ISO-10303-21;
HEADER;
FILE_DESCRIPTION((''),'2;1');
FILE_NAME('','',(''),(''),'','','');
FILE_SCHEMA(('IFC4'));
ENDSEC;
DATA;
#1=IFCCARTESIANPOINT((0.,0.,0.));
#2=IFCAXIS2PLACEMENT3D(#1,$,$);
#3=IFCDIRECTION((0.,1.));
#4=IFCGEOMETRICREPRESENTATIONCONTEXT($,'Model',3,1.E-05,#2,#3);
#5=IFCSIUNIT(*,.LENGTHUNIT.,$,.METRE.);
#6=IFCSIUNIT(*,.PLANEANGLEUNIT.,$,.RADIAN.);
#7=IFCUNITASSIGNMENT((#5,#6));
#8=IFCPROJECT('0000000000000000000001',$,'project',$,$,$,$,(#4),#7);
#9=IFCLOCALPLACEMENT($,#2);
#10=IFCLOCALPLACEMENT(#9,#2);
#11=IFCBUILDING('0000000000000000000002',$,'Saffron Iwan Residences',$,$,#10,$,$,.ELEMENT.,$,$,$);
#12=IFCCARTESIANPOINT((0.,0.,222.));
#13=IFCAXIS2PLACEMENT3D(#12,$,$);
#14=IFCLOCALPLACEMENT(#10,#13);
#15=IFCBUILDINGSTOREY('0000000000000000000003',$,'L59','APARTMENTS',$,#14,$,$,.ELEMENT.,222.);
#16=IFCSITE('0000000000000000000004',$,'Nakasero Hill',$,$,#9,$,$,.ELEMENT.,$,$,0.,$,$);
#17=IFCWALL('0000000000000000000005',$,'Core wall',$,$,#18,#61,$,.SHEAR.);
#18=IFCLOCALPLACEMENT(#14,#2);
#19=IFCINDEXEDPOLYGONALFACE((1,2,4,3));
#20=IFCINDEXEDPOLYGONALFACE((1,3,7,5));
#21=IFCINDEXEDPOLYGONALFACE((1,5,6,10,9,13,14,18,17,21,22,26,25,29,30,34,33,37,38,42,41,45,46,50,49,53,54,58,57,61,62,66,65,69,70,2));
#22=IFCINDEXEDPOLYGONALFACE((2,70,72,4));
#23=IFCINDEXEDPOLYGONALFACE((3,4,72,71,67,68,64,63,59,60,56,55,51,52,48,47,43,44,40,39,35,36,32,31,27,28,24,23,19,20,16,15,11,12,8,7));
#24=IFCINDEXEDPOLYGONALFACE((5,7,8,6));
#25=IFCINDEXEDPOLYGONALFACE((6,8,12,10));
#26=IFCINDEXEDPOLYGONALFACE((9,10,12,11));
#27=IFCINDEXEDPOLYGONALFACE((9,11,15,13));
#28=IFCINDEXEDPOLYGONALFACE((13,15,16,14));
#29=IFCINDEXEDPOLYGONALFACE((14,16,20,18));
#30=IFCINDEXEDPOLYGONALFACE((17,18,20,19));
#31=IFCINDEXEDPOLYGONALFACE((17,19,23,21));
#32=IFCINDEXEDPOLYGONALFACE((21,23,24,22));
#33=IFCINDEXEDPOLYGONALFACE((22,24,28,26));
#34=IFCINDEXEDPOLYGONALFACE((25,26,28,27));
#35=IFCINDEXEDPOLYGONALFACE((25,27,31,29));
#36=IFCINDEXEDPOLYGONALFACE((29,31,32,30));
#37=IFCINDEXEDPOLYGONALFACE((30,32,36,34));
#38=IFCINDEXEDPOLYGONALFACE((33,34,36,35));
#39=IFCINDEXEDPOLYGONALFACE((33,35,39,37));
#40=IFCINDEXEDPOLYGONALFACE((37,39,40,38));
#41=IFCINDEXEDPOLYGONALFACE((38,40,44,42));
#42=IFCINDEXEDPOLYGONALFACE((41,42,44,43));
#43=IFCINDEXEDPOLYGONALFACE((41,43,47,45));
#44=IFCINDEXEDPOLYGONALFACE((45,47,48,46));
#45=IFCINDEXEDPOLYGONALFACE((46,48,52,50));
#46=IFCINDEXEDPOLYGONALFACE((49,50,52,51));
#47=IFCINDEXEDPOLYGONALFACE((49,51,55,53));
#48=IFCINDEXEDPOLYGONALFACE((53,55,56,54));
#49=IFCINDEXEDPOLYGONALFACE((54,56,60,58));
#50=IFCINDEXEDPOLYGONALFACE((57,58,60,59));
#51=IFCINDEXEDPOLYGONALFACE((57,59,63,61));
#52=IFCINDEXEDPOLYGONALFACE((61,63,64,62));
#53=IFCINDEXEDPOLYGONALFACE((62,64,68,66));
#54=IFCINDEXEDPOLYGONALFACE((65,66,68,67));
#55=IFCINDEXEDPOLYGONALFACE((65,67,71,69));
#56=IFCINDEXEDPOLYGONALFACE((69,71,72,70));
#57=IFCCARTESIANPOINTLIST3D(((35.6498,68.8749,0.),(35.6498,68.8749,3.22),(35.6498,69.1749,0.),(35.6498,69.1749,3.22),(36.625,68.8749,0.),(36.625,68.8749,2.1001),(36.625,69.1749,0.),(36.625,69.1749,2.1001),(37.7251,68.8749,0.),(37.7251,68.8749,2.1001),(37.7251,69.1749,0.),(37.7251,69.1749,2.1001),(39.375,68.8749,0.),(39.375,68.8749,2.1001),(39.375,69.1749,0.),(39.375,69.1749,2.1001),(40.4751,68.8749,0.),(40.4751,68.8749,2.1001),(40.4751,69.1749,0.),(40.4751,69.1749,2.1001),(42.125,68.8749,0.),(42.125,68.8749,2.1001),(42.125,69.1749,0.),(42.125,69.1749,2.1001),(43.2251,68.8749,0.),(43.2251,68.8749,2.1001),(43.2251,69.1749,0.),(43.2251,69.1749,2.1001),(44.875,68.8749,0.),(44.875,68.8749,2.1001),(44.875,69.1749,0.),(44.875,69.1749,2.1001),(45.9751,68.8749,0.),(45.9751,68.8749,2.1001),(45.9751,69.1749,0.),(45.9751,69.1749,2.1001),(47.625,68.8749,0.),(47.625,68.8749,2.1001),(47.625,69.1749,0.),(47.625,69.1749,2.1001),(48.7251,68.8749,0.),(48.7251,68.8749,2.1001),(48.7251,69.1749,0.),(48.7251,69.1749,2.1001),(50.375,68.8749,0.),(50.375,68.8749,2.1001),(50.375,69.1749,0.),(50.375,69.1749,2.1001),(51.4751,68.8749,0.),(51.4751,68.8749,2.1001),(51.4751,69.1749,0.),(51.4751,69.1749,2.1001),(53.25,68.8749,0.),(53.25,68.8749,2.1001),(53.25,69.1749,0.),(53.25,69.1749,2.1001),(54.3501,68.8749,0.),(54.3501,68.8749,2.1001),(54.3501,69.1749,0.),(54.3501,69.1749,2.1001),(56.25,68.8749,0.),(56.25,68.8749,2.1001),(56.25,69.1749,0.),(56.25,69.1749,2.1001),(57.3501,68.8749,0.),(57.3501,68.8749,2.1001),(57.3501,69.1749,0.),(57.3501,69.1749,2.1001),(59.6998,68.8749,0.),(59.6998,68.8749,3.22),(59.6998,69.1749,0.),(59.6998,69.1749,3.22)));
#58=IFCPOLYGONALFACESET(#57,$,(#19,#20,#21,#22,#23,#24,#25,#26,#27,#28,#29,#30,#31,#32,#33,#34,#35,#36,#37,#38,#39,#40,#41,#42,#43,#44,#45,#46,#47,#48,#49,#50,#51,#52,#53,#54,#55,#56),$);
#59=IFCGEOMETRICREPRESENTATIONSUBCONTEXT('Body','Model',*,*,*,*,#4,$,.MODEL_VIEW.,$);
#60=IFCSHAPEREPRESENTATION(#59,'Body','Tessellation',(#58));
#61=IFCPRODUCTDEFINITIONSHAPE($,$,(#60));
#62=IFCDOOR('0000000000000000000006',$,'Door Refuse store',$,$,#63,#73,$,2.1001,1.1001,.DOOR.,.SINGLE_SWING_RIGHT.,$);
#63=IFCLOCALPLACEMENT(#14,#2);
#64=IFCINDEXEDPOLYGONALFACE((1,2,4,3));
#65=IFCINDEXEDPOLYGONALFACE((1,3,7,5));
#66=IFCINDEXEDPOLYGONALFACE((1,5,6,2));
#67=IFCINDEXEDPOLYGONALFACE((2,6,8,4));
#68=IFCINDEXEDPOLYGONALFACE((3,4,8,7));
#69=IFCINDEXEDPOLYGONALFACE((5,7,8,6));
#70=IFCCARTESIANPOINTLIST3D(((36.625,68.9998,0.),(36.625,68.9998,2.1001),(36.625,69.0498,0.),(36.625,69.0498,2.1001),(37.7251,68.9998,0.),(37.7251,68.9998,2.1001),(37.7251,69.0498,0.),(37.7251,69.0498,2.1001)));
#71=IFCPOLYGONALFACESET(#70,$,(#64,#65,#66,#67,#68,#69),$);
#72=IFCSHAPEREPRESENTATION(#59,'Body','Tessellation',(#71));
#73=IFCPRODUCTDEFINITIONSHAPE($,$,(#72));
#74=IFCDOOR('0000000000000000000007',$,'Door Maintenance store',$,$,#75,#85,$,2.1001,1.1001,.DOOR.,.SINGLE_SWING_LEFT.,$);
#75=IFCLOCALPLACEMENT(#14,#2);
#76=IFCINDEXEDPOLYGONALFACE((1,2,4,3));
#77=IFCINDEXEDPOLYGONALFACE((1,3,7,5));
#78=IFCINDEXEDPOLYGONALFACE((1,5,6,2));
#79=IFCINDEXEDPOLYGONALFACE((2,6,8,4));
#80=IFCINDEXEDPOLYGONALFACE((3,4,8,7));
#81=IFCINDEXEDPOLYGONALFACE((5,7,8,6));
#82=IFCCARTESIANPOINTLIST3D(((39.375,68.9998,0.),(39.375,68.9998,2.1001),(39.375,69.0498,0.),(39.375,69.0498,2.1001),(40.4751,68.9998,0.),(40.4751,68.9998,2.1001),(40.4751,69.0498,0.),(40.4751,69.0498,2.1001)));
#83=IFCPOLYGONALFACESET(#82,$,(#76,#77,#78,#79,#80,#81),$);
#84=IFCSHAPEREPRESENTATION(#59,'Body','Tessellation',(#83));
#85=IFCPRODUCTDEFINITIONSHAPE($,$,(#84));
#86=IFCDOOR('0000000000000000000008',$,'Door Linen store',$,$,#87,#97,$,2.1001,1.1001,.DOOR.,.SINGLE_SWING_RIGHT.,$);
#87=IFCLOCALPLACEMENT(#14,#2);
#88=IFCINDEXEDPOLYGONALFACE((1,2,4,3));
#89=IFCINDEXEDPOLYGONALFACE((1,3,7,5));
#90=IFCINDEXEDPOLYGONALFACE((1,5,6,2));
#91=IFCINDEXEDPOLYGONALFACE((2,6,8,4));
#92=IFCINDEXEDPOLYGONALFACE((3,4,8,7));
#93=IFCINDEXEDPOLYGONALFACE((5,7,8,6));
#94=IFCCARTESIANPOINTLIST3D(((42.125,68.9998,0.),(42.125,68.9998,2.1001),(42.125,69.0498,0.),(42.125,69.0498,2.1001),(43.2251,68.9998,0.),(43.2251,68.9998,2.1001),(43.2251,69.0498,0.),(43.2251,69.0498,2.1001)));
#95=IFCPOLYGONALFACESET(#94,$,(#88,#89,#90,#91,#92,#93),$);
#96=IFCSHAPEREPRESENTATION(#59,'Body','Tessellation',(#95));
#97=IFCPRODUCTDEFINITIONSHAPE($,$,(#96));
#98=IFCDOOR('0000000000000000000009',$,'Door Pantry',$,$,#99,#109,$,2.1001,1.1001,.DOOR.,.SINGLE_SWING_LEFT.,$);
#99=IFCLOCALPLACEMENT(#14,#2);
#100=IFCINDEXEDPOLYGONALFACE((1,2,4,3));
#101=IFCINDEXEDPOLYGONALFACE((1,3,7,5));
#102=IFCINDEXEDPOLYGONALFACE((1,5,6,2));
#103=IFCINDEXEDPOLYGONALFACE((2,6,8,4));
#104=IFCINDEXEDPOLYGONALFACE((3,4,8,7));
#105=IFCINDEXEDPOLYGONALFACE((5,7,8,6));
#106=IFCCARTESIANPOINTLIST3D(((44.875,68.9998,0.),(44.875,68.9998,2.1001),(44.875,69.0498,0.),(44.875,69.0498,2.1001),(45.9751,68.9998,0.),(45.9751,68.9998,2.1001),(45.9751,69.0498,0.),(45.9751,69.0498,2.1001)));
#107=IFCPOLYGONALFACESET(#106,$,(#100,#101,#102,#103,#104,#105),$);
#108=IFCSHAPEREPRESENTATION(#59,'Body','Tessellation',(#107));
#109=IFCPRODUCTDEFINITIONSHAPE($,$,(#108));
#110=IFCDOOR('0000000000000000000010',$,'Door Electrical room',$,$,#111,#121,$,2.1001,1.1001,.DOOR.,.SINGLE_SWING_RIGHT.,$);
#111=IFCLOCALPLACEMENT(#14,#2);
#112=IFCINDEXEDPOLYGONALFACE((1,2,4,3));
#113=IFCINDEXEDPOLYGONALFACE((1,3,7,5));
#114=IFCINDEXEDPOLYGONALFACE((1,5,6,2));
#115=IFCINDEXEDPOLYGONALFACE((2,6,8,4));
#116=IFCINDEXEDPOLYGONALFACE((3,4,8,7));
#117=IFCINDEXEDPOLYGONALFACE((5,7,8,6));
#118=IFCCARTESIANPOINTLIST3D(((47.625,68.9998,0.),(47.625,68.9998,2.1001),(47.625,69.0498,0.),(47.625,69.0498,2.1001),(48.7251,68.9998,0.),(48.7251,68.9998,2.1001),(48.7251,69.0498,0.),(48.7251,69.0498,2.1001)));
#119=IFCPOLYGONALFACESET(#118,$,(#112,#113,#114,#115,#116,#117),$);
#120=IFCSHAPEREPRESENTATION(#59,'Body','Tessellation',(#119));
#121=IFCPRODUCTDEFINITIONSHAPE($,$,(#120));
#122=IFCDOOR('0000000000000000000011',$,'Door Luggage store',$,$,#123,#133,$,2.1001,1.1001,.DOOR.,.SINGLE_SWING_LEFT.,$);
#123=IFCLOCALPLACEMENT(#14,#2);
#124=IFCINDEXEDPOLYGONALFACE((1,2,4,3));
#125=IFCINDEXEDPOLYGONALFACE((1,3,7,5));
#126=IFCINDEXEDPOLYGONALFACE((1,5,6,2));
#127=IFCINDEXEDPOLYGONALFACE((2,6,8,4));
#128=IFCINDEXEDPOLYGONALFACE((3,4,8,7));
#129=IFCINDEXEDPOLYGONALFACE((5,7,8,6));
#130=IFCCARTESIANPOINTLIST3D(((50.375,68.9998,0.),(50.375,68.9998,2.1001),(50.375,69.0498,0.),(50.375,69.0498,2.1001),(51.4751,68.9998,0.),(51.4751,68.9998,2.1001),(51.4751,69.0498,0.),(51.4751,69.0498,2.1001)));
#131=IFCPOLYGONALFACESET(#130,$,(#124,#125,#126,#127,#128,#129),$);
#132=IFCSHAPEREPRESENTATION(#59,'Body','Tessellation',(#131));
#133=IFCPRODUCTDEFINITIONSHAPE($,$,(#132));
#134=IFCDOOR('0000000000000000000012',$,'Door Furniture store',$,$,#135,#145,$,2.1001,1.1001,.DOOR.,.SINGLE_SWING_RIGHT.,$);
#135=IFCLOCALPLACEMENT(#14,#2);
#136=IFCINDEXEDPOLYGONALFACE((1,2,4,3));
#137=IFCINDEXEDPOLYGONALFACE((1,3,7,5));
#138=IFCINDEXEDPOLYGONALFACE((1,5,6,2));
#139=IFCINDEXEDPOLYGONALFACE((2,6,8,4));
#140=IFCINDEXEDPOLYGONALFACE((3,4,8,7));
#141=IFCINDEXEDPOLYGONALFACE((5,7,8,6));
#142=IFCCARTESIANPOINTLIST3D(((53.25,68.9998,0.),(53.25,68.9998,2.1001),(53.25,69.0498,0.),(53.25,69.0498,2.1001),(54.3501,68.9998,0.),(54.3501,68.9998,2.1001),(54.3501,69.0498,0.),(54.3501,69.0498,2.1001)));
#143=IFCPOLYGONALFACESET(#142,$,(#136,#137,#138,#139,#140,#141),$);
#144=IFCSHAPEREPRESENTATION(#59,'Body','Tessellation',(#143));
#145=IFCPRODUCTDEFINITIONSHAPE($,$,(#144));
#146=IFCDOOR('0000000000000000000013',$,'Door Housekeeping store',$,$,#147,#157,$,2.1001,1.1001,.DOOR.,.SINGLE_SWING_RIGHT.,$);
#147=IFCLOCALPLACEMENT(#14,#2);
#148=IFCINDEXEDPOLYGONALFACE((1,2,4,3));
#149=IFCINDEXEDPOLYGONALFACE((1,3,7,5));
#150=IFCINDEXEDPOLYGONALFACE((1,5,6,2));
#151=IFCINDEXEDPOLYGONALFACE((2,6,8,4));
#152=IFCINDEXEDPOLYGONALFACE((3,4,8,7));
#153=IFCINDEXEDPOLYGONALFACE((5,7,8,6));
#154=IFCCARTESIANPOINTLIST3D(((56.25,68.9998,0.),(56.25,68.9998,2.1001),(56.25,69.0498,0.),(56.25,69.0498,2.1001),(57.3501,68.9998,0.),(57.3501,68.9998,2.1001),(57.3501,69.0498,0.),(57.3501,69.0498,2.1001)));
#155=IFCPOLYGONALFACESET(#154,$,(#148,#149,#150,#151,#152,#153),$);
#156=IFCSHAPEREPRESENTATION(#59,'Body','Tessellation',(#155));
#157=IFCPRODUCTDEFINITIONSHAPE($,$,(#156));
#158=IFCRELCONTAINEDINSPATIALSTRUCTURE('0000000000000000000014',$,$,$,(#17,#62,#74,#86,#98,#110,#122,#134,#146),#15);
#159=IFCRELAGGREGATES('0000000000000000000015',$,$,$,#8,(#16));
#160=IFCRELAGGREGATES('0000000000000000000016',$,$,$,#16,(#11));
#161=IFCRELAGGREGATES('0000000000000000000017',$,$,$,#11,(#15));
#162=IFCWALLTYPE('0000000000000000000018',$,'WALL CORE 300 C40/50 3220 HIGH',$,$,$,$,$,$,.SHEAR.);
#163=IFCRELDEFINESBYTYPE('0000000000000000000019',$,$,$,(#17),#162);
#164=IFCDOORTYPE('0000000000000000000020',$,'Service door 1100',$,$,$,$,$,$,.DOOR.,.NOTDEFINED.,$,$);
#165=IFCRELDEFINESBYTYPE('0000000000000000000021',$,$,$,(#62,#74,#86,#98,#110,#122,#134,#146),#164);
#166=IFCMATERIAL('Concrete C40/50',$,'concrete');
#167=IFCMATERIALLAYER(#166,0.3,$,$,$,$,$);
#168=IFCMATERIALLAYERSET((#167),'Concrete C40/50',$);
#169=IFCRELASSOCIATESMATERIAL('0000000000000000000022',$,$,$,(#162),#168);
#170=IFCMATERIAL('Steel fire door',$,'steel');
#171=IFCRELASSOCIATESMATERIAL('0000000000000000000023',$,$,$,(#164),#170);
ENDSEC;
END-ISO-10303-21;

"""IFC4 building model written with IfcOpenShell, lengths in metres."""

from ifc_helpers import new_model, si_unit, direction, frame, frame_2d, origin, place, context, subcontext, project, spatial, rectangle, extrude, material, layer, layer_set, type_object, element, fill, save


model = new_model("IFC4")

# Units and contexts
model_context = context("Model", 3, precision=1e-05, world=origin(), true_north=direction((0.0, 1.0)))
body_context = subcontext(model_context, "Body", "Model", "MODEL_VIEW")
ifc_project = project(units=[si_unit("LENGTHUNIT", "METRE"), si_unit("PLANEANGLEUNIT", "RADIAN")], contexts=[model_context])

# Site, building, storey
site_placement = place(None, origin())
site = spatial("IfcSite", under=ifc_project, at=site_placement, Name="Nakasero Hill", CompositionType="ELEMENT", RefElevation=0.0)
building_placement = place(site_placement, origin())
building = spatial("IfcBuilding", under=site, at=building_placement, Name="Saffron Iwan Residences", CompositionType="ELEMENT")
storey_placement = place(building_placement, frame((0.0, 0.0, 222.0)))
storey = spatial("IfcBuildingStorey", under=building, at=storey_placement, Name="L59", Description="APARTMENTS", CompositionType="ELEMENT", Elevation=222.0)

# Wall, openings, doors
ifc_material_1 = material(Name="Concrete C40/50", Category="concrete")
ifc_layer_1 = layer(ifc_material_1, 0.3)
ifc_layer_set_1 = layer_set([ifc_layer_1], Name="Concrete C40/50")
wall_type = type_object("IfcWallType", Name="WALL CORE 300 C40/50 3220 HIGH", PredefinedType="SHEAR", material=ifc_layer_set_1)
wall_placement = place(storey_placement, frame((35.6499, 69.0249, 0.0), z_axis=(0.0, 0.0, 1.0), x_axis=(1.0, 0.0, 0.0)))
wall = element("IfcWall", 1, at=wall_placement, inside=storey, type_object=wall_type, Name="Core wall", PredefinedType="SHEAR", context=body_context, shape_type="SweptSolid", body=[
    extrude(rectangle(XDim=24.05, YDim=0.3, at=frame_2d((12.0249, 0.0))), origin(), (0.0, 0.0, 1.0), 3.22),
])
opening_1_placement = place(wall_placement, frame((0.9751, 0.0, 0.0)))
opening_1 = element("IfcOpeningElement", 2, at=opening_1_placement, cuts=wall, PredefinedType="OPENING", context=body_context, shape_type="SweptSolid", body=[
    extrude(rectangle(XDim=1.1001, YDim=2.1001, at=frame_2d((0.55, 1.05))), frame((0.0, 0.1602, 0.0), z_axis=(0.0, -1.0, 0.0), x_axis=(1.0, 0.0, 0.0)), (0.0, 0.0, 1.0), 0.3201),
])
opening_2_placement = place(wall_placement, frame((3.7251, 0.0, 0.0)))
opening_2 = element("IfcOpeningElement", 3, at=opening_2_placement, cuts=wall, PredefinedType="OPENING", context=body_context, shape_type="SweptSolid", body=[
    extrude(rectangle(XDim=1.1001, YDim=2.1001, at=frame_2d((0.55, 1.05))), frame((0.0, 0.1602, 0.0), z_axis=(0.0, -1.0, 0.0), x_axis=(1.0, 0.0, 0.0)), (0.0, 0.0, 1.0), 0.3201),
])
opening_3_placement = place(wall_placement, frame((6.4751, 0.0, 0.0)))
opening_3 = element("IfcOpeningElement", 4, at=opening_3_placement, cuts=wall, PredefinedType="OPENING", context=body_context, shape_type="SweptSolid", body=[
    extrude(rectangle(XDim=1.1001, YDim=2.1001, at=frame_2d((0.55, 1.05))), frame((0.0, 0.1602, 0.0), z_axis=(0.0, -1.0, 0.0), x_axis=(1.0, 0.0, 0.0)), (0.0, 0.0, 1.0), 0.3201),
])
opening_4_placement = place(wall_placement, frame((9.2251, 0.0, 0.0)))
opening_4 = element("IfcOpeningElement", 5, at=opening_4_placement, cuts=wall, PredefinedType="OPENING", context=body_context, shape_type="SweptSolid", body=[
    extrude(rectangle(XDim=1.1001, YDim=2.1001, at=frame_2d((0.55, 1.05))), frame((0.0, 0.1602, 0.0), z_axis=(0.0, -1.0, 0.0), x_axis=(1.0, 0.0, 0.0)), (0.0, 0.0, 1.0), 0.3201),
])
opening_5_placement = place(wall_placement, frame((11.9751, 0.0, 0.0)))
opening_5 = element("IfcOpeningElement", 6, at=opening_5_placement, cuts=wall, PredefinedType="OPENING", context=body_context, shape_type="SweptSolid", body=[
    extrude(rectangle(XDim=1.1001, YDim=2.1001, at=frame_2d((0.55, 1.05))), frame((0.0, 0.1602, 0.0), z_axis=(0.0, -1.0, 0.0), x_axis=(1.0, 0.0, 0.0)), (0.0, 0.0, 1.0), 0.3201),
])
opening_6_placement = place(wall_placement, frame((14.7251, 0.0, 0.0)))
opening_6 = element("IfcOpeningElement", 7, at=opening_6_placement, cuts=wall, PredefinedType="OPENING", context=body_context, shape_type="SweptSolid", body=[
    extrude(rectangle(XDim=1.1001, YDim=2.1001, at=frame_2d((0.55, 1.05))), frame((0.0, 0.1602, 0.0), z_axis=(0.0, -1.0, 0.0), x_axis=(1.0, 0.0, 0.0)), (0.0, 0.0, 1.0), 0.3201),
])
opening_7_placement = place(wall_placement, frame((17.6001, 0.0, 0.0)))
opening_7 = element("IfcOpeningElement", 8, at=opening_7_placement, cuts=wall, PredefinedType="OPENING", context=body_context, shape_type="SweptSolid", body=[
    extrude(rectangle(XDim=1.1001, YDim=2.1001, at=frame_2d((0.55, 1.05))), frame((0.0, 0.1602, 0.0), z_axis=(0.0, -1.0, 0.0), x_axis=(1.0, 0.0, 0.0)), (0.0, 0.0, 1.0), 0.3201),
])
opening_8_placement = place(wall_placement, frame((20.6001, 0.0, 0.0)))
opening_8 = element("IfcOpeningElement", 9, at=opening_8_placement, cuts=wall, PredefinedType="OPENING", context=body_context, shape_type="SweptSolid", body=[
    extrude(rectangle(XDim=1.1001, YDim=2.1001, at=frame_2d((0.55, 1.05))), frame((0.0, 0.1602, 0.0), z_axis=(0.0, -1.0, 0.0), x_axis=(1.0, 0.0, 0.0)), (0.0, 0.0, 1.0), 0.3201),
])
ifc_material_2 = material(Name="Steel fire door", Category="steel")
door_type = type_object("IfcDoorType", Name="Service door 1100", OperationType="NOTDEFINED", PredefinedType="DOOR", material=ifc_material_2)
door_1_placement = place(opening_1_placement, origin())
door_1 = element("IfcDoor", 10, at=door_1_placement, inside=storey, type_object=door_type, Name="Door Refuse store", OperationType="SINGLE_SWING_RIGHT", OverallHeight=2.1001, OverallWidth=1.1001, PredefinedType="DOOR", context=body_context, shape_type="SweptSolid", body=[
    extrude(rectangle(XDim=1.1001, YDim=2.1001, at=frame_2d((0.55, 1.05))), frame((0.0, 0.0249, 0.0), z_axis=(0.0, -1.0, 0.0), x_axis=(1.0, 0.0, 0.0)), (0.0, 0.0, 1.0), 0.05),
])
fill(opening_1, door_1)
door_2_placement = place(opening_2_placement, origin())
door_2 = element("IfcDoor", 11, at=door_2_placement, inside=storey, type_object=door_type, Name="Door Maintenance store", OperationType="SINGLE_SWING_LEFT", OverallHeight=2.1001, OverallWidth=1.1001, PredefinedType="DOOR", context=body_context, shape_type="SweptSolid", body=[
    extrude(rectangle(XDim=1.1001, YDim=2.1001, at=frame_2d((0.55, 1.05))), frame((0.0, 0.0249, 0.0), z_axis=(0.0, -1.0, 0.0), x_axis=(1.0, 0.0, 0.0)), (0.0, 0.0, 1.0), 0.05),
])
fill(opening_2, door_2)
door_3_placement = place(opening_3_placement, origin())
door_3 = element("IfcDoor", 12, at=door_3_placement, inside=storey, type_object=door_type, Name="Door Linen store", OperationType="SINGLE_SWING_RIGHT", OverallHeight=2.1001, OverallWidth=1.1001, PredefinedType="DOOR", context=body_context, shape_type="SweptSolid", body=[
    extrude(rectangle(XDim=1.1001, YDim=2.1001, at=frame_2d((0.55, 1.05))), frame((0.0, 0.0249, 0.0), z_axis=(0.0, -1.0, 0.0), x_axis=(1.0, 0.0, 0.0)), (0.0, 0.0, 1.0), 0.05),
])
fill(opening_3, door_3)
door_4_placement = place(opening_4_placement, origin())
door_4 = element("IfcDoor", 13, at=door_4_placement, inside=storey, type_object=door_type, Name="Door Pantry", OperationType="SINGLE_SWING_LEFT", OverallHeight=2.1001, OverallWidth=1.1001, PredefinedType="DOOR", context=body_context, shape_type="SweptSolid", body=[
    extrude(rectangle(XDim=1.1001, YDim=2.1001, at=frame_2d((0.55, 1.05))), frame((0.0, 0.0249, 0.0), z_axis=(0.0, -1.0, 0.0), x_axis=(1.0, 0.0, 0.0)), (0.0, 0.0, 1.0), 0.05),
])
fill(opening_4, door_4)
door_5_placement = place(opening_5_placement, origin())
door_5 = element("IfcDoor", 14, at=door_5_placement, inside=storey, type_object=door_type, Name="Door Electrical room", OperationType="SINGLE_SWING_RIGHT", OverallHeight=2.1001, OverallWidth=1.1001, PredefinedType="DOOR", context=body_context, shape_type="SweptSolid", body=[
    extrude(rectangle(XDim=1.1001, YDim=2.1001, at=frame_2d((0.55, 1.05))), frame((0.0, 0.0249, 0.0), z_axis=(0.0, -1.0, 0.0), x_axis=(1.0, 0.0, 0.0)), (0.0, 0.0, 1.0), 0.05),
])
fill(opening_5, door_5)
door_6_placement = place(opening_6_placement, origin())
door_6 = element("IfcDoor", 15, at=door_6_placement, inside=storey, type_object=door_type, Name="Door Luggage store", OperationType="SINGLE_SWING_LEFT", OverallHeight=2.1001, OverallWidth=1.1001, PredefinedType="DOOR", context=body_context, shape_type="SweptSolid", body=[
    extrude(rectangle(XDim=1.1001, YDim=2.1001, at=frame_2d((0.55, 1.05))), frame((0.0, 0.0249, 0.0), z_axis=(0.0, -1.0, 0.0), x_axis=(1.0, 0.0, 0.0)), (0.0, 0.0, 1.0), 0.05),
])
fill(opening_6, door_6)
door_7_placement = place(opening_7_placement, origin())
door_7 = element("IfcDoor", 16, at=door_7_placement, inside=storey, type_object=door_type, Name="Door Furniture store", OperationType="SINGLE_SWING_RIGHT", OverallHeight=2.1001, OverallWidth=1.1001, PredefinedType="DOOR", context=body_context, shape_type="SweptSolid", body=[
    extrude(rectangle(XDim=1.1001, YDim=2.1001, at=frame_2d((0.55, 1.05))), frame((0.0, 0.0249, 0.0), z_axis=(0.0, -1.0, 0.0), x_axis=(1.0, 0.0, 0.0)), (0.0, 0.0, 1.0), 0.05),
])
fill(opening_7, door_7)
door_8_placement = place(opening_8_placement, origin())
door_8 = element("IfcDoor", 17, at=door_8_placement, inside=storey, type_object=door_type, Name="Door Housekeeping store", OperationType="SINGLE_SWING_RIGHT", OverallHeight=2.1001, OverallWidth=1.1001, PredefinedType="DOOR", context=body_context, shape_type="SweptSolid", body=[
    extrude(rectangle(XDim=1.1001, YDim=2.1001, at=frame_2d((0.55, 1.05))), frame((0.0, 0.0249, 0.0), z_axis=(0.0, -1.0, 0.0), x_axis=(1.0, 0.0, 0.0)), (0.0, 0.0, 1.0), 0.05),
])
fill(opening_8, door_8)

save(model, "model.ifc")
